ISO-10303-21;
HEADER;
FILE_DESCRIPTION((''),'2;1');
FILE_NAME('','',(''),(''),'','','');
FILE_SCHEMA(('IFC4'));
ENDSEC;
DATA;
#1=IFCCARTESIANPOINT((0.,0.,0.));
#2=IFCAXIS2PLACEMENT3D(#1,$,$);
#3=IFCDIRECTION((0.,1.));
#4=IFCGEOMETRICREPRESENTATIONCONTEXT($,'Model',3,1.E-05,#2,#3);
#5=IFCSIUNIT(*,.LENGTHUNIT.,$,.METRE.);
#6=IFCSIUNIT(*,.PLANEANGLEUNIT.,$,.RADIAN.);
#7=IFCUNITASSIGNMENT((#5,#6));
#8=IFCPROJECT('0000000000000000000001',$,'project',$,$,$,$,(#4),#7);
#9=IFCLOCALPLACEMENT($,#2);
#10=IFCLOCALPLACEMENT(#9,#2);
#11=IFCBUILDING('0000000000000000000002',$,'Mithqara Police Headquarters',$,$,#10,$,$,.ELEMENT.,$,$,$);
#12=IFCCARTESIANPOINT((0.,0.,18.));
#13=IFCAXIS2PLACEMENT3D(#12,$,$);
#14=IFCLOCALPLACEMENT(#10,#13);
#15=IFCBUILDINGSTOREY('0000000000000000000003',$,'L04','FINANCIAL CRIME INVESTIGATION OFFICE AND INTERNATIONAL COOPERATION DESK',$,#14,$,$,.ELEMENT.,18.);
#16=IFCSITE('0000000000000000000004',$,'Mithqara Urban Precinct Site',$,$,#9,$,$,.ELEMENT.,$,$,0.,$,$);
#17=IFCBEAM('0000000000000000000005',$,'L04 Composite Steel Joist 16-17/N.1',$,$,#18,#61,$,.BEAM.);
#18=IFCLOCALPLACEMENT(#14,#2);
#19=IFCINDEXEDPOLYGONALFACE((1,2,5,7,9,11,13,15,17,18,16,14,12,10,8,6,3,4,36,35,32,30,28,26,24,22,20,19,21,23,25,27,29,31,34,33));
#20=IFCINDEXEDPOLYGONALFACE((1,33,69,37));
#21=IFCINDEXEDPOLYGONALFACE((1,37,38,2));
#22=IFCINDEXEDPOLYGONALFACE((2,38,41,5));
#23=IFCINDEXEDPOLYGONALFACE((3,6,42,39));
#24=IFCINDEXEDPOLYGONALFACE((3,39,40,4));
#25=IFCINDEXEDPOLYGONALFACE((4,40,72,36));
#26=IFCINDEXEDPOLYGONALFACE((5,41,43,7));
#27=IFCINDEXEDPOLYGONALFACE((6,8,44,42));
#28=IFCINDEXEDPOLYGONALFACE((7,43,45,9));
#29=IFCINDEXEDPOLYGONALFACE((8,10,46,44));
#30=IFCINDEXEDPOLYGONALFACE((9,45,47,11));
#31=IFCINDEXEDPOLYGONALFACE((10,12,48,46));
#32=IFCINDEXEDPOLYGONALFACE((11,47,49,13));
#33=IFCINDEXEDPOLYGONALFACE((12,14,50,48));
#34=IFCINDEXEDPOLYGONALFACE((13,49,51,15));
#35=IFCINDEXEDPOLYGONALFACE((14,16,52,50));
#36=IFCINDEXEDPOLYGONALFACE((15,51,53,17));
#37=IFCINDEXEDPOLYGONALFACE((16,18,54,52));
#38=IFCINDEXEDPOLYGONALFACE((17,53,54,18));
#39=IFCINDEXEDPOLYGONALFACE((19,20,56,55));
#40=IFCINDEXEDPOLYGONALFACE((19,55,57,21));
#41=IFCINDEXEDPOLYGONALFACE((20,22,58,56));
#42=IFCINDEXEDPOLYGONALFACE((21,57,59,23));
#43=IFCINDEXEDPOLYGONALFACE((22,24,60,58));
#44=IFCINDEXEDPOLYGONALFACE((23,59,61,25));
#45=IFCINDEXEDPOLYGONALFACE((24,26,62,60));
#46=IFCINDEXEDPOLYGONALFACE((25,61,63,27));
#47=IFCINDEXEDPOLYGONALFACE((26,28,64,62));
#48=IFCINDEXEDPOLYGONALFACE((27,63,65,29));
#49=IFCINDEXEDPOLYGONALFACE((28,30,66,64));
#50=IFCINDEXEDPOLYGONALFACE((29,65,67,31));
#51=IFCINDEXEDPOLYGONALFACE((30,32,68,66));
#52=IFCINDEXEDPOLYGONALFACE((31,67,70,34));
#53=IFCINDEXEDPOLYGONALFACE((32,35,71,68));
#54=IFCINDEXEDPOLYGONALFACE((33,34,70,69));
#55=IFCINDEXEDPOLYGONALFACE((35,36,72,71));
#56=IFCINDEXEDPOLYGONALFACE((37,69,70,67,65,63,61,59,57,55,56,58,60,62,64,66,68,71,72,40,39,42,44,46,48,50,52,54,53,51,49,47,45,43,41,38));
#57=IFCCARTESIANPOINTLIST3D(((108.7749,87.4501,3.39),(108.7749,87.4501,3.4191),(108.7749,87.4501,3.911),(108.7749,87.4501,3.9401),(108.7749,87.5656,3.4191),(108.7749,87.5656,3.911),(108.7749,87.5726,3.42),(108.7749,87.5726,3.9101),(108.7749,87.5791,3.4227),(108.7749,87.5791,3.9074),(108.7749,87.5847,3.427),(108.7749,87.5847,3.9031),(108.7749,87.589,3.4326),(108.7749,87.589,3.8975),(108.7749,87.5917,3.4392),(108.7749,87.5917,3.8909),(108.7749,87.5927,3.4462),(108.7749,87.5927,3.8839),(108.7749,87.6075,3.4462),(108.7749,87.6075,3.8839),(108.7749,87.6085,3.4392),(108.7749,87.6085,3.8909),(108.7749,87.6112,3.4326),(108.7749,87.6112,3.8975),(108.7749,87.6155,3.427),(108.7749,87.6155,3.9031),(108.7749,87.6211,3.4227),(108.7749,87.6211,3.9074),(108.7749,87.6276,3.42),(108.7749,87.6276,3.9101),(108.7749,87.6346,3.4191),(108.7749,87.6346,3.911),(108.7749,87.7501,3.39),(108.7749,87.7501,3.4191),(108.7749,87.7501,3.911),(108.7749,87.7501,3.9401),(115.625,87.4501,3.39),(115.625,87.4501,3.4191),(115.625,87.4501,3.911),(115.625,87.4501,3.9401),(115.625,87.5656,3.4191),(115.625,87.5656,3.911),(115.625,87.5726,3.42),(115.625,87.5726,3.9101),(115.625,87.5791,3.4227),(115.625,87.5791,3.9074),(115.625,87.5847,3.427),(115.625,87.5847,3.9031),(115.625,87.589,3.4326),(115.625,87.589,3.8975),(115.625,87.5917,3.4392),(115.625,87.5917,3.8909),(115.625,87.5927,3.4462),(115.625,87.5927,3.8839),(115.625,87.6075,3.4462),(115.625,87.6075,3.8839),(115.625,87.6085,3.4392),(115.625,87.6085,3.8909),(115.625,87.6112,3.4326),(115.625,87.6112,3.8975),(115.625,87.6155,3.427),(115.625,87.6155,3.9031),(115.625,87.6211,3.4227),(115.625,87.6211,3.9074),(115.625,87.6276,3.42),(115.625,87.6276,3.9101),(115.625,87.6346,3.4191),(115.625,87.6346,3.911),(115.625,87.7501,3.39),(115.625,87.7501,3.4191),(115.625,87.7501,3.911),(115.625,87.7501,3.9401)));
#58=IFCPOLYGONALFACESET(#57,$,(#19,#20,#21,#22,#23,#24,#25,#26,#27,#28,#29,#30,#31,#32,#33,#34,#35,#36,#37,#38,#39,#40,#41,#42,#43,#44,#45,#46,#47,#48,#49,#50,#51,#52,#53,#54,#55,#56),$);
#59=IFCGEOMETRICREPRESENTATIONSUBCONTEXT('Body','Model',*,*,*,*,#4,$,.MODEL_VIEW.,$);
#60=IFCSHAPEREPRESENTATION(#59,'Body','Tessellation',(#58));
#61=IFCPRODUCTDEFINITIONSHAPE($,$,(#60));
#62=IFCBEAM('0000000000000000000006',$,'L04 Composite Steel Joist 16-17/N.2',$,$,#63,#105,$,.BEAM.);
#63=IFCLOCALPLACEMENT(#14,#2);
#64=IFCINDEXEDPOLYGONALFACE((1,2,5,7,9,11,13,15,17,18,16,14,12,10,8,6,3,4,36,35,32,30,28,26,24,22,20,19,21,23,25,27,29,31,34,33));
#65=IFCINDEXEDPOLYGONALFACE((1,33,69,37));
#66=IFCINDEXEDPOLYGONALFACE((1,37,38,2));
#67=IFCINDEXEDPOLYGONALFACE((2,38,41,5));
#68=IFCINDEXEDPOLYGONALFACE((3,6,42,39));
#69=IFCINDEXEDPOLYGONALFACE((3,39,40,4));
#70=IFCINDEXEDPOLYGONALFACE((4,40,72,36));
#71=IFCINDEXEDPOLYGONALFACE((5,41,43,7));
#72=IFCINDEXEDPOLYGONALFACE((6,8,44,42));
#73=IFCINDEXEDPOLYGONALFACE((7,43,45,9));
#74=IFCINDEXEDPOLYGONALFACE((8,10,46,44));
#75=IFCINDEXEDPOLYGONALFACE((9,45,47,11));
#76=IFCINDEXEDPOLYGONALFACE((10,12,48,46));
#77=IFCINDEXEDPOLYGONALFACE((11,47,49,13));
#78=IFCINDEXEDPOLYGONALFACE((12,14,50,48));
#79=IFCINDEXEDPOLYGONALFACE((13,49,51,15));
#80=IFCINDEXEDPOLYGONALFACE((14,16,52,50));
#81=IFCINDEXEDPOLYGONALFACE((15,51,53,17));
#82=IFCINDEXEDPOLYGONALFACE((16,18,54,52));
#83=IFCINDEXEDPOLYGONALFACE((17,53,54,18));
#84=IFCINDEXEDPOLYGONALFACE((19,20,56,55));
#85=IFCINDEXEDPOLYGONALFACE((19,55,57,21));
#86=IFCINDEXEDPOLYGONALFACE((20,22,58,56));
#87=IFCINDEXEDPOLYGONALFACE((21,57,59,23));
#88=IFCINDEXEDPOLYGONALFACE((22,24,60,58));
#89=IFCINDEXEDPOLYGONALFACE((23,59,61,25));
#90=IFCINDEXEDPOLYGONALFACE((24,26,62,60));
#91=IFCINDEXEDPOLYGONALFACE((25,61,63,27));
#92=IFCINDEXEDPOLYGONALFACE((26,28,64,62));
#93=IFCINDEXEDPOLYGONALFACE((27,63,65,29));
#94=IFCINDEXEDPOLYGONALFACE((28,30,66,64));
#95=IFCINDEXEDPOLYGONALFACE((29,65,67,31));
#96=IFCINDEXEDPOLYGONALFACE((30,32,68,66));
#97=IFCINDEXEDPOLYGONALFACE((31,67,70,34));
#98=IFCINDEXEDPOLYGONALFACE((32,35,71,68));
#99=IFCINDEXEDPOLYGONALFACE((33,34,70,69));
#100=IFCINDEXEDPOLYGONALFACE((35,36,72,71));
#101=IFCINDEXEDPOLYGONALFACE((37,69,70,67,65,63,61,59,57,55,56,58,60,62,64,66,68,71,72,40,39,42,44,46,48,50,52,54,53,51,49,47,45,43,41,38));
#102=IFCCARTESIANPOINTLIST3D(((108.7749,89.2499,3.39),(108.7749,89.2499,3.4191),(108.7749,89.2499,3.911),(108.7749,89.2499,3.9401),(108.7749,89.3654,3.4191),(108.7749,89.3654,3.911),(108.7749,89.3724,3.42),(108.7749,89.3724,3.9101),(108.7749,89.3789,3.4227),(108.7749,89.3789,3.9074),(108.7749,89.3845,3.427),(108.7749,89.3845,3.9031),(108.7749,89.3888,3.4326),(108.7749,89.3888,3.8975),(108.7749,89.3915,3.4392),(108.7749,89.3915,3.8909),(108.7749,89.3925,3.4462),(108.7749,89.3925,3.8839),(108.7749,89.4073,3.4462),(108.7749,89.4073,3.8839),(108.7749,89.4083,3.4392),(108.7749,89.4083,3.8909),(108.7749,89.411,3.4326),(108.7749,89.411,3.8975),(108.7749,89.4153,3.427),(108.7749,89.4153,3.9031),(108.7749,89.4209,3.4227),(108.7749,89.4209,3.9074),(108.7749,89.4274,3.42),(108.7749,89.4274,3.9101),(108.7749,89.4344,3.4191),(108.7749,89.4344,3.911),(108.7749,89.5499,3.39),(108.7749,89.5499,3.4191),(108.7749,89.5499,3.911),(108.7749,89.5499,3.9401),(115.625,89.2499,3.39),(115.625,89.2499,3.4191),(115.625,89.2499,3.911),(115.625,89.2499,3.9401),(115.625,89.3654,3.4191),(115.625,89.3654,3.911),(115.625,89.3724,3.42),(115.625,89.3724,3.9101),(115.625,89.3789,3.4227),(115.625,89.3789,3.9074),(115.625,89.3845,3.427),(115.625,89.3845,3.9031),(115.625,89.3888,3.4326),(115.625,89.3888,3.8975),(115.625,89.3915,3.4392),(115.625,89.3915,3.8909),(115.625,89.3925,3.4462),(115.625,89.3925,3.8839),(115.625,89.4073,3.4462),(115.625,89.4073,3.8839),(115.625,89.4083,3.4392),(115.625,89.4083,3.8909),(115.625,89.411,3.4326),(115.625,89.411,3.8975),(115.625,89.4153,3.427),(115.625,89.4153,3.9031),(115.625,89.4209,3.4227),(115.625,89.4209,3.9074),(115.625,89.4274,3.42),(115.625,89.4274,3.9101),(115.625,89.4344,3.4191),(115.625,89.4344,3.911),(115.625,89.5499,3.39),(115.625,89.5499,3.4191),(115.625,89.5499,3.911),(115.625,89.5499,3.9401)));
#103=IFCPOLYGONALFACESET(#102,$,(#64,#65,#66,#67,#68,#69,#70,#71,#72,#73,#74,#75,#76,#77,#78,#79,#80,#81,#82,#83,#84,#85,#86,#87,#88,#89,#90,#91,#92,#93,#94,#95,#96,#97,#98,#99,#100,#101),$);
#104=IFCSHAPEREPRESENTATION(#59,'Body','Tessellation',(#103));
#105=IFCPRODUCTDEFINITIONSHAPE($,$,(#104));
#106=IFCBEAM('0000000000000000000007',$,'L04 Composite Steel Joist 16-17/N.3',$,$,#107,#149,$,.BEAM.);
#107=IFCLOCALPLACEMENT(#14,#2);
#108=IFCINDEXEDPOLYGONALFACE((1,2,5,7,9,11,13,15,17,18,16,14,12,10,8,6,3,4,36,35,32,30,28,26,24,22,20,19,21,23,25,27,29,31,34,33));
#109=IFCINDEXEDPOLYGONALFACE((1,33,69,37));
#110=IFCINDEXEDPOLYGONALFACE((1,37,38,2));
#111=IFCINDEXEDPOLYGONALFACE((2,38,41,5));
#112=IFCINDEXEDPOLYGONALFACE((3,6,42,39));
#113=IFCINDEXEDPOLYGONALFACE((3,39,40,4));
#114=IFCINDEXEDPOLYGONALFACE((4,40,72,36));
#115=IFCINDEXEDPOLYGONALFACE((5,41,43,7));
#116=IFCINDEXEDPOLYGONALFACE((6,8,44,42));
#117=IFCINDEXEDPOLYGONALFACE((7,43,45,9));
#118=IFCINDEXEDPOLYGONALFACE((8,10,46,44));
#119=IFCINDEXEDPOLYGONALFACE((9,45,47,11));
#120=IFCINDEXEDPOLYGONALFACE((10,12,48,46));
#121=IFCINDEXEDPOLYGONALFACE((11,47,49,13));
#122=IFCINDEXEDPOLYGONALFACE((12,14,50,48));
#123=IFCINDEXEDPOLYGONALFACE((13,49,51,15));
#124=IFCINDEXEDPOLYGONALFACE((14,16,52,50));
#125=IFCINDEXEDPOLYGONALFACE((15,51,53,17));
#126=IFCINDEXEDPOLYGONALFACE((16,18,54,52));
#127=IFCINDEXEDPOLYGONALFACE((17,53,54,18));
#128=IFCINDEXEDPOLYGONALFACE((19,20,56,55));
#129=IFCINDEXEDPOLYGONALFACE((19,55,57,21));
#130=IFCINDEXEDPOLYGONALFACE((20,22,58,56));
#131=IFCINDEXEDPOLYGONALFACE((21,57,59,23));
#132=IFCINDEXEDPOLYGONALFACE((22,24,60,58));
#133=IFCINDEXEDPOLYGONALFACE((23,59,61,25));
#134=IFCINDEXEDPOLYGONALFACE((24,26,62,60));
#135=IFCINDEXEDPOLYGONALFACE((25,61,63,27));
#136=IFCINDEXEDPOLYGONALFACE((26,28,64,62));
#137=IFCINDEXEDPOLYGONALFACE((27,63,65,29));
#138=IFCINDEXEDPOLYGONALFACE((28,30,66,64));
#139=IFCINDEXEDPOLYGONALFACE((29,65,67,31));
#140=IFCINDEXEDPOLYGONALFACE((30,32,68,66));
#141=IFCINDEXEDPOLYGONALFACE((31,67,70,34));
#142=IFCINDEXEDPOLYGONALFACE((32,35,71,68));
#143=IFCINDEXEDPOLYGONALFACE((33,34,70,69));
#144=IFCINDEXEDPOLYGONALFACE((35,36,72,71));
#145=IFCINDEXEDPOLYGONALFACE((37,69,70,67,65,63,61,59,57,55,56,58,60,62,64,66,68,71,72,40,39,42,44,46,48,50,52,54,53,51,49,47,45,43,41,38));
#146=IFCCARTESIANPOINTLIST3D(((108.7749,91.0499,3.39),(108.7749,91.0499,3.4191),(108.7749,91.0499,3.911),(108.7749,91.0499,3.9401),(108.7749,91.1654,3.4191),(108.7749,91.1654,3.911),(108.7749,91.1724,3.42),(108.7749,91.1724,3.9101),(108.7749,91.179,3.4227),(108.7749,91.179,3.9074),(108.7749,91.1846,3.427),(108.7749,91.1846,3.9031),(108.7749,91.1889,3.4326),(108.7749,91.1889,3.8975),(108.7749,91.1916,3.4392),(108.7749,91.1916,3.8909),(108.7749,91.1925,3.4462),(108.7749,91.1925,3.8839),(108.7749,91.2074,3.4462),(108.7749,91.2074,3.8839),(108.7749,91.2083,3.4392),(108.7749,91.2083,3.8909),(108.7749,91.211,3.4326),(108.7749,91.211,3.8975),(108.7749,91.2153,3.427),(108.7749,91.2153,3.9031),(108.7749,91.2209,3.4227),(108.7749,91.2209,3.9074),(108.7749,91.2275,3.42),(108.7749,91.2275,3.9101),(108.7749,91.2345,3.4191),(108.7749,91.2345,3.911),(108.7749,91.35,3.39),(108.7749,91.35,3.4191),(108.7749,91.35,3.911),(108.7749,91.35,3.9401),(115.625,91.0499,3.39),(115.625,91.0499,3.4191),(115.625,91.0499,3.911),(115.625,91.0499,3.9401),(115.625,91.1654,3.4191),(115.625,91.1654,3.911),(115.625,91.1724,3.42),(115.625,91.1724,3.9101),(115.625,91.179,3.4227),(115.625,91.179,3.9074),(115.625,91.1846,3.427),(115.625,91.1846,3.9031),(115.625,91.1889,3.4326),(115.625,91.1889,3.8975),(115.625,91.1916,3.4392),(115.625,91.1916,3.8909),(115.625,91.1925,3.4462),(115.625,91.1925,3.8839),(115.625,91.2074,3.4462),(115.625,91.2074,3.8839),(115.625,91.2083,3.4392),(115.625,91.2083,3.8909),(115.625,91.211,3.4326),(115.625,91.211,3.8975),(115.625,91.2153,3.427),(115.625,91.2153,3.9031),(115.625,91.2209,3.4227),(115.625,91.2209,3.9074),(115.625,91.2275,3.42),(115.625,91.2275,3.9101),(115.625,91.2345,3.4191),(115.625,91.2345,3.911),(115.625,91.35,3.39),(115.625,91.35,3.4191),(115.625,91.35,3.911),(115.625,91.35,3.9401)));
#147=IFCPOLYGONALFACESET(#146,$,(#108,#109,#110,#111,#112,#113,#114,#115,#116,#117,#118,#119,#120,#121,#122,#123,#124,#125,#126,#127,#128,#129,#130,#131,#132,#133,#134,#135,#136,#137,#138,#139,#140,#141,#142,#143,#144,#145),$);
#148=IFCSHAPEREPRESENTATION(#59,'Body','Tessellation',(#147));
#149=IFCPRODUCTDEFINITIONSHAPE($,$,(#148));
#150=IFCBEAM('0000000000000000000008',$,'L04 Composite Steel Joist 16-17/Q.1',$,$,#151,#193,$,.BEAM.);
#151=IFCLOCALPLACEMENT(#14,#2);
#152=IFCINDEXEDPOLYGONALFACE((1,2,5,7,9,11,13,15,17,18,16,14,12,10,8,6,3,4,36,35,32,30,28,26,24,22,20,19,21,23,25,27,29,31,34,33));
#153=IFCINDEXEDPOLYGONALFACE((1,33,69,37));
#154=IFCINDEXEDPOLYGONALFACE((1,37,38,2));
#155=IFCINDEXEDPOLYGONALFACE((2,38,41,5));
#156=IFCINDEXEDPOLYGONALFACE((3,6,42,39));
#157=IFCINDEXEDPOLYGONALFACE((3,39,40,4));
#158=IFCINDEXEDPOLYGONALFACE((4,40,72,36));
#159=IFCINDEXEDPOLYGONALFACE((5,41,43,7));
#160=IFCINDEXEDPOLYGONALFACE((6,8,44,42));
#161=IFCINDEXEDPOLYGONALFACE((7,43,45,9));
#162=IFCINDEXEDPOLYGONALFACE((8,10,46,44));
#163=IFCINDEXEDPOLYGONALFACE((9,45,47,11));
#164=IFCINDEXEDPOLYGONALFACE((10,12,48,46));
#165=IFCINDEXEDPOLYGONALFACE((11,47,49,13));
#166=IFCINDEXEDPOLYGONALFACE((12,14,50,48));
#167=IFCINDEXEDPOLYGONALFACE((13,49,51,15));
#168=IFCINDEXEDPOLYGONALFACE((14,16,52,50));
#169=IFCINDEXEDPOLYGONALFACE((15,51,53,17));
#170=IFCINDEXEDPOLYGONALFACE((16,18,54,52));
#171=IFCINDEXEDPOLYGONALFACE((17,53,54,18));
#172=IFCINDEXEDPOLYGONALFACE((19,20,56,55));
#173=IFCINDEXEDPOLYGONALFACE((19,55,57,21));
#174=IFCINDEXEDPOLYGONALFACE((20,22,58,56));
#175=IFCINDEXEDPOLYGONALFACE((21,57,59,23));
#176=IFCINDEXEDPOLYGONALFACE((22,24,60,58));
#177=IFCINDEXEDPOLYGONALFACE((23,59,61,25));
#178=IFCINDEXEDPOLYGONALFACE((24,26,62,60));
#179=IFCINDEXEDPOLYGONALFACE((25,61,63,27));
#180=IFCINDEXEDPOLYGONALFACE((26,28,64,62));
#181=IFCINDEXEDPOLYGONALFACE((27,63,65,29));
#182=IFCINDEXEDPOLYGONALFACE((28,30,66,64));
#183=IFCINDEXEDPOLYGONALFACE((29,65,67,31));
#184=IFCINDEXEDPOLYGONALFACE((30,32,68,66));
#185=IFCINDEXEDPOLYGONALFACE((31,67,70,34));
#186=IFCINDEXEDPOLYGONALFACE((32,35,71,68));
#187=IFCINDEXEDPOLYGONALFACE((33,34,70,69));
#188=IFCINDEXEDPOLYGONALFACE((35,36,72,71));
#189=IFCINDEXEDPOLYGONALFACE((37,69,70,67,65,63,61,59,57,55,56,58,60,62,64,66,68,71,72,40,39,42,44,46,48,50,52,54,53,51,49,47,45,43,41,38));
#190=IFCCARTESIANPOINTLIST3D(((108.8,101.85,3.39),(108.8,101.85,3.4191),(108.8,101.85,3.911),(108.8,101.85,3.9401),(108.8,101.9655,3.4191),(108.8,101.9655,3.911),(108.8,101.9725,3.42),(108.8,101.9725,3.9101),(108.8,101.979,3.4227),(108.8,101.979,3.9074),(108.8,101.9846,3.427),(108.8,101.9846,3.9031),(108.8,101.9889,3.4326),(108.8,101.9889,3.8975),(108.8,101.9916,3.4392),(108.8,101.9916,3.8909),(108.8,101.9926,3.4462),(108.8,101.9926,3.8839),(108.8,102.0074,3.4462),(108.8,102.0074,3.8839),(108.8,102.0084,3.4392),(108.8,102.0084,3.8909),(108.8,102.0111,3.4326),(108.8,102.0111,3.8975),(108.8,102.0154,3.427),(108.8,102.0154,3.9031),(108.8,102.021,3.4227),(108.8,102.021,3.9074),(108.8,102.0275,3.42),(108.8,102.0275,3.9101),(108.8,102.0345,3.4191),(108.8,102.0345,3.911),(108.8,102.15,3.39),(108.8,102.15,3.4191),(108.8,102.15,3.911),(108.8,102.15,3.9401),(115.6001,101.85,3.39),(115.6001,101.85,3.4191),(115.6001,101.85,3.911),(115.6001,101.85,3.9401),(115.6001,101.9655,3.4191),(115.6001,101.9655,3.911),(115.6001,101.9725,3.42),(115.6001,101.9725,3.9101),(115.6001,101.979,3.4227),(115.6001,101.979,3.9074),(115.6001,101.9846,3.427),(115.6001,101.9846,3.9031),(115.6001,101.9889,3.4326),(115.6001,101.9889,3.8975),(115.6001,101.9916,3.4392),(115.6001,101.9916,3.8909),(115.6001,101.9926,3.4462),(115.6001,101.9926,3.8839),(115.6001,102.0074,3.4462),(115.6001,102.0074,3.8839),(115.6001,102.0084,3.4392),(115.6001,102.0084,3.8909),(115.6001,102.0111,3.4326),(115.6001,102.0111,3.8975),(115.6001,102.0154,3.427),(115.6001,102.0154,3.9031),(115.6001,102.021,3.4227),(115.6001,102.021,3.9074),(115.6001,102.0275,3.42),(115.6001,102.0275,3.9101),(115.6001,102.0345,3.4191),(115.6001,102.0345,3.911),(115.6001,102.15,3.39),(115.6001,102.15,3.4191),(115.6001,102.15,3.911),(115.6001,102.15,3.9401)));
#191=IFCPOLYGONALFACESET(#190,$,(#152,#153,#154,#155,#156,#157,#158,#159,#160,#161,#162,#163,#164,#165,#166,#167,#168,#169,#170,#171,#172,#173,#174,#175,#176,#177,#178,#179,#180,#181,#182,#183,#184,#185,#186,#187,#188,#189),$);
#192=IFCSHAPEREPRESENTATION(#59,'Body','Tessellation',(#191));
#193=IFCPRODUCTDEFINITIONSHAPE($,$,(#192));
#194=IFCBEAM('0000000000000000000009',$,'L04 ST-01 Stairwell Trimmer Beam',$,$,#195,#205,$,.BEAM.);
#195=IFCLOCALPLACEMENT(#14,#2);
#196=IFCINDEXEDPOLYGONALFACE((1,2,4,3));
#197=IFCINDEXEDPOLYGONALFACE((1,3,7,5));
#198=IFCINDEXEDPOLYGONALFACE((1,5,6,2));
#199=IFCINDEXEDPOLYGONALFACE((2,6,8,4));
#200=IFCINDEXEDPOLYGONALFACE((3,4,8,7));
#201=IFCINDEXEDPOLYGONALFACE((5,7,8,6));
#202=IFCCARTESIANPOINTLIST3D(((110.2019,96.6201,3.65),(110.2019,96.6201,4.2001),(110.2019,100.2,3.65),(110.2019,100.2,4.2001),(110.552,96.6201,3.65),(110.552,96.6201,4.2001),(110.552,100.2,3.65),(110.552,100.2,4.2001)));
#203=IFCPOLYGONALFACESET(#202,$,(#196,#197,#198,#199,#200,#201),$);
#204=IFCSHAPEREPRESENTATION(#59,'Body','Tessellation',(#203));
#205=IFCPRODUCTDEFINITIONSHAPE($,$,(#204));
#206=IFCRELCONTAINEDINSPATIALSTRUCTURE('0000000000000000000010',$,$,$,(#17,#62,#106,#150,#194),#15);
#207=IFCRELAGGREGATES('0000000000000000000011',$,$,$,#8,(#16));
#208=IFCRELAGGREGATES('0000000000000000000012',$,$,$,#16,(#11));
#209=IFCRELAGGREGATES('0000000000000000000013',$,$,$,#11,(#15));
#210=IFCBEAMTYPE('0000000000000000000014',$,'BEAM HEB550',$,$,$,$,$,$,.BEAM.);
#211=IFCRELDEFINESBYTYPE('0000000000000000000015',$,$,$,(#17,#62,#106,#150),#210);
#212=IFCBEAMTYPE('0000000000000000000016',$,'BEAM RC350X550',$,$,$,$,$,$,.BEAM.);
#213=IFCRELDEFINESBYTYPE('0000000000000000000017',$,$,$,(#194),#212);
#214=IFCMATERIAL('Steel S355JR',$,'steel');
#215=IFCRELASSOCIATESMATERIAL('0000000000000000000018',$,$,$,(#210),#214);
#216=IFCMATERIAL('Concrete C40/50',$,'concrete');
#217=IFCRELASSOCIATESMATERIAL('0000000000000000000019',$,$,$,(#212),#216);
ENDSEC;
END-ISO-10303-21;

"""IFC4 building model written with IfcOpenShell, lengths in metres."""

from ifc_helpers import new_model, si_unit, direction, frame, origin, origin_2d, place, context, subcontext, project, spatial, rectangle, i_section, extrude, material, material_profile, profile_set, type_object, element, save


model = new_model("IFC4")

# Units and contexts
model_context = context("Model", 3, precision=1e-05, world=origin(), true_north=direction((0.0, 1.0)))
body_context = subcontext(model_context, "Body", "Model", "MODEL_VIEW")
ifc_project = project(units=[si_unit("LENGTHUNIT", "METRE"), si_unit("PLANEANGLEUNIT", "RADIAN")], contexts=[model_context])

# Site, building, storey
site_placement = place(None, origin())
site = spatial("IfcSite", under=ifc_project, at=site_placement, Name="Mithqara Urban Precinct Site", CompositionType="ELEMENT", RefElevation=0.0)
building_placement = place(site_placement, origin())
building = spatial("IfcBuilding", under=site, at=building_placement, Name="Mithqara Police Headquarters", CompositionType="ELEMENT")
storey_placement = place(building_placement, frame((0.0, 0.0, 18.0)))
storey = spatial("IfcBuildingStorey", under=building, at=storey_placement, Name="L04", Description="FINANCIAL CRIME INVESTIGATION OFFICE AND INTERNATIONAL COOPERATION DESK", CompositionType="ELEMENT", Elevation=18.0)

# Beams
ifc_material_1 = material(Name="Steel S355JR", Category="steel")
ifc_material_profile_1 = material_profile(ifc_material_1, i_section(OverallWidth=0.3, OverallDepth=0.55, WebThickness=0.0149, FlangeThickness=0.0291, FilletRadius=0.0271, at=origin_2d()), Name="HEB 550")
ifc_profile_set_1 = profile_set([ifc_material_profile_1], Name="Steel S355JR")
beam_type_1 = type_object("IfcBeamType", Name="BEAM HEB550", PredefinedType="BEAM", material=ifc_profile_set_1)
for number, where, z_axis, x_axis, name in (
    (1, (108.7749, 87.6001, 3.665), (1.0, 0.0, 0.0), (0.0, 1.0, 0.0), "L04 Composite Steel Joist 16-17/N.1"),
    (2, (108.7749, 89.3999, 3.665), (1.0, 0.0, 0.0), (0.0, 1.0, 0.0), "L04 Composite Steel Joist 16-17/N.2"),
    (3, (108.7749, 91.2, 3.665), (1.0, 0.0, 0.0), (0.0, 1.0, 0.0), "L04 Composite Steel Joist 16-17/N.3"),
):
    element("IfcBeam", number, at=place(storey_placement, frame(where, z_axis=z_axis, x_axis=x_axis)), inside=storey, type_object=beam_type_1, Name=name, PredefinedType="BEAM", context=body_context, shape_type="SweptSolid", body=[
        extrude(i_section(OverallWidth=0.3, OverallDepth=0.55, WebThickness=0.0149, FlangeThickness=0.0291, FilletRadius=0.0271, at=origin_2d()), origin(), (0.0, 0.0, 1.0), 6.8501),
    ])
beam_1_placement = place(storey_placement, frame((108.8, 102.0, 3.665), z_axis=(1.0, 0.0, 0.0), x_axis=(0.0, 1.0, 0.0)))
element("IfcBeam", 4, at=beam_1_placement, inside=storey, type_object=beam_type_1, Name="L04 Composite Steel Joist 16-17/Q.1", PredefinedType="BEAM", context=body_context, shape_type="SweptSolid", body=[
    extrude(i_section(OverallWidth=0.3, OverallDepth=0.55, WebThickness=0.0149, FlangeThickness=0.0291, FilletRadius=0.0271, at=origin_2d()), origin(), (0.0, 0.0, 1.0), 6.8),
])
ifc_material_2 = material(Name="Concrete C40/50", Category="concrete")
ifc_material_profile_2 = material_profile(ifc_material_2, rectangle(XDim=0.3501, YDim=0.55, at=origin_2d()), Name="RC 350x550")
ifc_profile_set_2 = profile_set([ifc_material_profile_2], Name="Concrete C40/50")
beam_type_2 = type_object("IfcBeamType", Name="BEAM RC350X550", PredefinedType="BEAM", material=ifc_profile_set_2)
beam_2_placement = place(storey_placement, frame((110.377, 96.6201, 3.925), z_axis=(0.0, 1.0, 0.0), x_axis=(-1.0, 0.0, 0.0)))
element("IfcBeam", 5, at=beam_2_placement, inside=storey, type_object=beam_type_2, Name="L04 ST-01 Stairwell Trimmer Beam", PredefinedType="BEAM", context=body_context, shape_type="SweptSolid", body=[
    extrude(rectangle(XDim=0.3501, YDim=0.55, at=origin_2d()), origin(), (0.0, 0.0, 1.0), 3.5798),
])

save(model, "model.ifc")
